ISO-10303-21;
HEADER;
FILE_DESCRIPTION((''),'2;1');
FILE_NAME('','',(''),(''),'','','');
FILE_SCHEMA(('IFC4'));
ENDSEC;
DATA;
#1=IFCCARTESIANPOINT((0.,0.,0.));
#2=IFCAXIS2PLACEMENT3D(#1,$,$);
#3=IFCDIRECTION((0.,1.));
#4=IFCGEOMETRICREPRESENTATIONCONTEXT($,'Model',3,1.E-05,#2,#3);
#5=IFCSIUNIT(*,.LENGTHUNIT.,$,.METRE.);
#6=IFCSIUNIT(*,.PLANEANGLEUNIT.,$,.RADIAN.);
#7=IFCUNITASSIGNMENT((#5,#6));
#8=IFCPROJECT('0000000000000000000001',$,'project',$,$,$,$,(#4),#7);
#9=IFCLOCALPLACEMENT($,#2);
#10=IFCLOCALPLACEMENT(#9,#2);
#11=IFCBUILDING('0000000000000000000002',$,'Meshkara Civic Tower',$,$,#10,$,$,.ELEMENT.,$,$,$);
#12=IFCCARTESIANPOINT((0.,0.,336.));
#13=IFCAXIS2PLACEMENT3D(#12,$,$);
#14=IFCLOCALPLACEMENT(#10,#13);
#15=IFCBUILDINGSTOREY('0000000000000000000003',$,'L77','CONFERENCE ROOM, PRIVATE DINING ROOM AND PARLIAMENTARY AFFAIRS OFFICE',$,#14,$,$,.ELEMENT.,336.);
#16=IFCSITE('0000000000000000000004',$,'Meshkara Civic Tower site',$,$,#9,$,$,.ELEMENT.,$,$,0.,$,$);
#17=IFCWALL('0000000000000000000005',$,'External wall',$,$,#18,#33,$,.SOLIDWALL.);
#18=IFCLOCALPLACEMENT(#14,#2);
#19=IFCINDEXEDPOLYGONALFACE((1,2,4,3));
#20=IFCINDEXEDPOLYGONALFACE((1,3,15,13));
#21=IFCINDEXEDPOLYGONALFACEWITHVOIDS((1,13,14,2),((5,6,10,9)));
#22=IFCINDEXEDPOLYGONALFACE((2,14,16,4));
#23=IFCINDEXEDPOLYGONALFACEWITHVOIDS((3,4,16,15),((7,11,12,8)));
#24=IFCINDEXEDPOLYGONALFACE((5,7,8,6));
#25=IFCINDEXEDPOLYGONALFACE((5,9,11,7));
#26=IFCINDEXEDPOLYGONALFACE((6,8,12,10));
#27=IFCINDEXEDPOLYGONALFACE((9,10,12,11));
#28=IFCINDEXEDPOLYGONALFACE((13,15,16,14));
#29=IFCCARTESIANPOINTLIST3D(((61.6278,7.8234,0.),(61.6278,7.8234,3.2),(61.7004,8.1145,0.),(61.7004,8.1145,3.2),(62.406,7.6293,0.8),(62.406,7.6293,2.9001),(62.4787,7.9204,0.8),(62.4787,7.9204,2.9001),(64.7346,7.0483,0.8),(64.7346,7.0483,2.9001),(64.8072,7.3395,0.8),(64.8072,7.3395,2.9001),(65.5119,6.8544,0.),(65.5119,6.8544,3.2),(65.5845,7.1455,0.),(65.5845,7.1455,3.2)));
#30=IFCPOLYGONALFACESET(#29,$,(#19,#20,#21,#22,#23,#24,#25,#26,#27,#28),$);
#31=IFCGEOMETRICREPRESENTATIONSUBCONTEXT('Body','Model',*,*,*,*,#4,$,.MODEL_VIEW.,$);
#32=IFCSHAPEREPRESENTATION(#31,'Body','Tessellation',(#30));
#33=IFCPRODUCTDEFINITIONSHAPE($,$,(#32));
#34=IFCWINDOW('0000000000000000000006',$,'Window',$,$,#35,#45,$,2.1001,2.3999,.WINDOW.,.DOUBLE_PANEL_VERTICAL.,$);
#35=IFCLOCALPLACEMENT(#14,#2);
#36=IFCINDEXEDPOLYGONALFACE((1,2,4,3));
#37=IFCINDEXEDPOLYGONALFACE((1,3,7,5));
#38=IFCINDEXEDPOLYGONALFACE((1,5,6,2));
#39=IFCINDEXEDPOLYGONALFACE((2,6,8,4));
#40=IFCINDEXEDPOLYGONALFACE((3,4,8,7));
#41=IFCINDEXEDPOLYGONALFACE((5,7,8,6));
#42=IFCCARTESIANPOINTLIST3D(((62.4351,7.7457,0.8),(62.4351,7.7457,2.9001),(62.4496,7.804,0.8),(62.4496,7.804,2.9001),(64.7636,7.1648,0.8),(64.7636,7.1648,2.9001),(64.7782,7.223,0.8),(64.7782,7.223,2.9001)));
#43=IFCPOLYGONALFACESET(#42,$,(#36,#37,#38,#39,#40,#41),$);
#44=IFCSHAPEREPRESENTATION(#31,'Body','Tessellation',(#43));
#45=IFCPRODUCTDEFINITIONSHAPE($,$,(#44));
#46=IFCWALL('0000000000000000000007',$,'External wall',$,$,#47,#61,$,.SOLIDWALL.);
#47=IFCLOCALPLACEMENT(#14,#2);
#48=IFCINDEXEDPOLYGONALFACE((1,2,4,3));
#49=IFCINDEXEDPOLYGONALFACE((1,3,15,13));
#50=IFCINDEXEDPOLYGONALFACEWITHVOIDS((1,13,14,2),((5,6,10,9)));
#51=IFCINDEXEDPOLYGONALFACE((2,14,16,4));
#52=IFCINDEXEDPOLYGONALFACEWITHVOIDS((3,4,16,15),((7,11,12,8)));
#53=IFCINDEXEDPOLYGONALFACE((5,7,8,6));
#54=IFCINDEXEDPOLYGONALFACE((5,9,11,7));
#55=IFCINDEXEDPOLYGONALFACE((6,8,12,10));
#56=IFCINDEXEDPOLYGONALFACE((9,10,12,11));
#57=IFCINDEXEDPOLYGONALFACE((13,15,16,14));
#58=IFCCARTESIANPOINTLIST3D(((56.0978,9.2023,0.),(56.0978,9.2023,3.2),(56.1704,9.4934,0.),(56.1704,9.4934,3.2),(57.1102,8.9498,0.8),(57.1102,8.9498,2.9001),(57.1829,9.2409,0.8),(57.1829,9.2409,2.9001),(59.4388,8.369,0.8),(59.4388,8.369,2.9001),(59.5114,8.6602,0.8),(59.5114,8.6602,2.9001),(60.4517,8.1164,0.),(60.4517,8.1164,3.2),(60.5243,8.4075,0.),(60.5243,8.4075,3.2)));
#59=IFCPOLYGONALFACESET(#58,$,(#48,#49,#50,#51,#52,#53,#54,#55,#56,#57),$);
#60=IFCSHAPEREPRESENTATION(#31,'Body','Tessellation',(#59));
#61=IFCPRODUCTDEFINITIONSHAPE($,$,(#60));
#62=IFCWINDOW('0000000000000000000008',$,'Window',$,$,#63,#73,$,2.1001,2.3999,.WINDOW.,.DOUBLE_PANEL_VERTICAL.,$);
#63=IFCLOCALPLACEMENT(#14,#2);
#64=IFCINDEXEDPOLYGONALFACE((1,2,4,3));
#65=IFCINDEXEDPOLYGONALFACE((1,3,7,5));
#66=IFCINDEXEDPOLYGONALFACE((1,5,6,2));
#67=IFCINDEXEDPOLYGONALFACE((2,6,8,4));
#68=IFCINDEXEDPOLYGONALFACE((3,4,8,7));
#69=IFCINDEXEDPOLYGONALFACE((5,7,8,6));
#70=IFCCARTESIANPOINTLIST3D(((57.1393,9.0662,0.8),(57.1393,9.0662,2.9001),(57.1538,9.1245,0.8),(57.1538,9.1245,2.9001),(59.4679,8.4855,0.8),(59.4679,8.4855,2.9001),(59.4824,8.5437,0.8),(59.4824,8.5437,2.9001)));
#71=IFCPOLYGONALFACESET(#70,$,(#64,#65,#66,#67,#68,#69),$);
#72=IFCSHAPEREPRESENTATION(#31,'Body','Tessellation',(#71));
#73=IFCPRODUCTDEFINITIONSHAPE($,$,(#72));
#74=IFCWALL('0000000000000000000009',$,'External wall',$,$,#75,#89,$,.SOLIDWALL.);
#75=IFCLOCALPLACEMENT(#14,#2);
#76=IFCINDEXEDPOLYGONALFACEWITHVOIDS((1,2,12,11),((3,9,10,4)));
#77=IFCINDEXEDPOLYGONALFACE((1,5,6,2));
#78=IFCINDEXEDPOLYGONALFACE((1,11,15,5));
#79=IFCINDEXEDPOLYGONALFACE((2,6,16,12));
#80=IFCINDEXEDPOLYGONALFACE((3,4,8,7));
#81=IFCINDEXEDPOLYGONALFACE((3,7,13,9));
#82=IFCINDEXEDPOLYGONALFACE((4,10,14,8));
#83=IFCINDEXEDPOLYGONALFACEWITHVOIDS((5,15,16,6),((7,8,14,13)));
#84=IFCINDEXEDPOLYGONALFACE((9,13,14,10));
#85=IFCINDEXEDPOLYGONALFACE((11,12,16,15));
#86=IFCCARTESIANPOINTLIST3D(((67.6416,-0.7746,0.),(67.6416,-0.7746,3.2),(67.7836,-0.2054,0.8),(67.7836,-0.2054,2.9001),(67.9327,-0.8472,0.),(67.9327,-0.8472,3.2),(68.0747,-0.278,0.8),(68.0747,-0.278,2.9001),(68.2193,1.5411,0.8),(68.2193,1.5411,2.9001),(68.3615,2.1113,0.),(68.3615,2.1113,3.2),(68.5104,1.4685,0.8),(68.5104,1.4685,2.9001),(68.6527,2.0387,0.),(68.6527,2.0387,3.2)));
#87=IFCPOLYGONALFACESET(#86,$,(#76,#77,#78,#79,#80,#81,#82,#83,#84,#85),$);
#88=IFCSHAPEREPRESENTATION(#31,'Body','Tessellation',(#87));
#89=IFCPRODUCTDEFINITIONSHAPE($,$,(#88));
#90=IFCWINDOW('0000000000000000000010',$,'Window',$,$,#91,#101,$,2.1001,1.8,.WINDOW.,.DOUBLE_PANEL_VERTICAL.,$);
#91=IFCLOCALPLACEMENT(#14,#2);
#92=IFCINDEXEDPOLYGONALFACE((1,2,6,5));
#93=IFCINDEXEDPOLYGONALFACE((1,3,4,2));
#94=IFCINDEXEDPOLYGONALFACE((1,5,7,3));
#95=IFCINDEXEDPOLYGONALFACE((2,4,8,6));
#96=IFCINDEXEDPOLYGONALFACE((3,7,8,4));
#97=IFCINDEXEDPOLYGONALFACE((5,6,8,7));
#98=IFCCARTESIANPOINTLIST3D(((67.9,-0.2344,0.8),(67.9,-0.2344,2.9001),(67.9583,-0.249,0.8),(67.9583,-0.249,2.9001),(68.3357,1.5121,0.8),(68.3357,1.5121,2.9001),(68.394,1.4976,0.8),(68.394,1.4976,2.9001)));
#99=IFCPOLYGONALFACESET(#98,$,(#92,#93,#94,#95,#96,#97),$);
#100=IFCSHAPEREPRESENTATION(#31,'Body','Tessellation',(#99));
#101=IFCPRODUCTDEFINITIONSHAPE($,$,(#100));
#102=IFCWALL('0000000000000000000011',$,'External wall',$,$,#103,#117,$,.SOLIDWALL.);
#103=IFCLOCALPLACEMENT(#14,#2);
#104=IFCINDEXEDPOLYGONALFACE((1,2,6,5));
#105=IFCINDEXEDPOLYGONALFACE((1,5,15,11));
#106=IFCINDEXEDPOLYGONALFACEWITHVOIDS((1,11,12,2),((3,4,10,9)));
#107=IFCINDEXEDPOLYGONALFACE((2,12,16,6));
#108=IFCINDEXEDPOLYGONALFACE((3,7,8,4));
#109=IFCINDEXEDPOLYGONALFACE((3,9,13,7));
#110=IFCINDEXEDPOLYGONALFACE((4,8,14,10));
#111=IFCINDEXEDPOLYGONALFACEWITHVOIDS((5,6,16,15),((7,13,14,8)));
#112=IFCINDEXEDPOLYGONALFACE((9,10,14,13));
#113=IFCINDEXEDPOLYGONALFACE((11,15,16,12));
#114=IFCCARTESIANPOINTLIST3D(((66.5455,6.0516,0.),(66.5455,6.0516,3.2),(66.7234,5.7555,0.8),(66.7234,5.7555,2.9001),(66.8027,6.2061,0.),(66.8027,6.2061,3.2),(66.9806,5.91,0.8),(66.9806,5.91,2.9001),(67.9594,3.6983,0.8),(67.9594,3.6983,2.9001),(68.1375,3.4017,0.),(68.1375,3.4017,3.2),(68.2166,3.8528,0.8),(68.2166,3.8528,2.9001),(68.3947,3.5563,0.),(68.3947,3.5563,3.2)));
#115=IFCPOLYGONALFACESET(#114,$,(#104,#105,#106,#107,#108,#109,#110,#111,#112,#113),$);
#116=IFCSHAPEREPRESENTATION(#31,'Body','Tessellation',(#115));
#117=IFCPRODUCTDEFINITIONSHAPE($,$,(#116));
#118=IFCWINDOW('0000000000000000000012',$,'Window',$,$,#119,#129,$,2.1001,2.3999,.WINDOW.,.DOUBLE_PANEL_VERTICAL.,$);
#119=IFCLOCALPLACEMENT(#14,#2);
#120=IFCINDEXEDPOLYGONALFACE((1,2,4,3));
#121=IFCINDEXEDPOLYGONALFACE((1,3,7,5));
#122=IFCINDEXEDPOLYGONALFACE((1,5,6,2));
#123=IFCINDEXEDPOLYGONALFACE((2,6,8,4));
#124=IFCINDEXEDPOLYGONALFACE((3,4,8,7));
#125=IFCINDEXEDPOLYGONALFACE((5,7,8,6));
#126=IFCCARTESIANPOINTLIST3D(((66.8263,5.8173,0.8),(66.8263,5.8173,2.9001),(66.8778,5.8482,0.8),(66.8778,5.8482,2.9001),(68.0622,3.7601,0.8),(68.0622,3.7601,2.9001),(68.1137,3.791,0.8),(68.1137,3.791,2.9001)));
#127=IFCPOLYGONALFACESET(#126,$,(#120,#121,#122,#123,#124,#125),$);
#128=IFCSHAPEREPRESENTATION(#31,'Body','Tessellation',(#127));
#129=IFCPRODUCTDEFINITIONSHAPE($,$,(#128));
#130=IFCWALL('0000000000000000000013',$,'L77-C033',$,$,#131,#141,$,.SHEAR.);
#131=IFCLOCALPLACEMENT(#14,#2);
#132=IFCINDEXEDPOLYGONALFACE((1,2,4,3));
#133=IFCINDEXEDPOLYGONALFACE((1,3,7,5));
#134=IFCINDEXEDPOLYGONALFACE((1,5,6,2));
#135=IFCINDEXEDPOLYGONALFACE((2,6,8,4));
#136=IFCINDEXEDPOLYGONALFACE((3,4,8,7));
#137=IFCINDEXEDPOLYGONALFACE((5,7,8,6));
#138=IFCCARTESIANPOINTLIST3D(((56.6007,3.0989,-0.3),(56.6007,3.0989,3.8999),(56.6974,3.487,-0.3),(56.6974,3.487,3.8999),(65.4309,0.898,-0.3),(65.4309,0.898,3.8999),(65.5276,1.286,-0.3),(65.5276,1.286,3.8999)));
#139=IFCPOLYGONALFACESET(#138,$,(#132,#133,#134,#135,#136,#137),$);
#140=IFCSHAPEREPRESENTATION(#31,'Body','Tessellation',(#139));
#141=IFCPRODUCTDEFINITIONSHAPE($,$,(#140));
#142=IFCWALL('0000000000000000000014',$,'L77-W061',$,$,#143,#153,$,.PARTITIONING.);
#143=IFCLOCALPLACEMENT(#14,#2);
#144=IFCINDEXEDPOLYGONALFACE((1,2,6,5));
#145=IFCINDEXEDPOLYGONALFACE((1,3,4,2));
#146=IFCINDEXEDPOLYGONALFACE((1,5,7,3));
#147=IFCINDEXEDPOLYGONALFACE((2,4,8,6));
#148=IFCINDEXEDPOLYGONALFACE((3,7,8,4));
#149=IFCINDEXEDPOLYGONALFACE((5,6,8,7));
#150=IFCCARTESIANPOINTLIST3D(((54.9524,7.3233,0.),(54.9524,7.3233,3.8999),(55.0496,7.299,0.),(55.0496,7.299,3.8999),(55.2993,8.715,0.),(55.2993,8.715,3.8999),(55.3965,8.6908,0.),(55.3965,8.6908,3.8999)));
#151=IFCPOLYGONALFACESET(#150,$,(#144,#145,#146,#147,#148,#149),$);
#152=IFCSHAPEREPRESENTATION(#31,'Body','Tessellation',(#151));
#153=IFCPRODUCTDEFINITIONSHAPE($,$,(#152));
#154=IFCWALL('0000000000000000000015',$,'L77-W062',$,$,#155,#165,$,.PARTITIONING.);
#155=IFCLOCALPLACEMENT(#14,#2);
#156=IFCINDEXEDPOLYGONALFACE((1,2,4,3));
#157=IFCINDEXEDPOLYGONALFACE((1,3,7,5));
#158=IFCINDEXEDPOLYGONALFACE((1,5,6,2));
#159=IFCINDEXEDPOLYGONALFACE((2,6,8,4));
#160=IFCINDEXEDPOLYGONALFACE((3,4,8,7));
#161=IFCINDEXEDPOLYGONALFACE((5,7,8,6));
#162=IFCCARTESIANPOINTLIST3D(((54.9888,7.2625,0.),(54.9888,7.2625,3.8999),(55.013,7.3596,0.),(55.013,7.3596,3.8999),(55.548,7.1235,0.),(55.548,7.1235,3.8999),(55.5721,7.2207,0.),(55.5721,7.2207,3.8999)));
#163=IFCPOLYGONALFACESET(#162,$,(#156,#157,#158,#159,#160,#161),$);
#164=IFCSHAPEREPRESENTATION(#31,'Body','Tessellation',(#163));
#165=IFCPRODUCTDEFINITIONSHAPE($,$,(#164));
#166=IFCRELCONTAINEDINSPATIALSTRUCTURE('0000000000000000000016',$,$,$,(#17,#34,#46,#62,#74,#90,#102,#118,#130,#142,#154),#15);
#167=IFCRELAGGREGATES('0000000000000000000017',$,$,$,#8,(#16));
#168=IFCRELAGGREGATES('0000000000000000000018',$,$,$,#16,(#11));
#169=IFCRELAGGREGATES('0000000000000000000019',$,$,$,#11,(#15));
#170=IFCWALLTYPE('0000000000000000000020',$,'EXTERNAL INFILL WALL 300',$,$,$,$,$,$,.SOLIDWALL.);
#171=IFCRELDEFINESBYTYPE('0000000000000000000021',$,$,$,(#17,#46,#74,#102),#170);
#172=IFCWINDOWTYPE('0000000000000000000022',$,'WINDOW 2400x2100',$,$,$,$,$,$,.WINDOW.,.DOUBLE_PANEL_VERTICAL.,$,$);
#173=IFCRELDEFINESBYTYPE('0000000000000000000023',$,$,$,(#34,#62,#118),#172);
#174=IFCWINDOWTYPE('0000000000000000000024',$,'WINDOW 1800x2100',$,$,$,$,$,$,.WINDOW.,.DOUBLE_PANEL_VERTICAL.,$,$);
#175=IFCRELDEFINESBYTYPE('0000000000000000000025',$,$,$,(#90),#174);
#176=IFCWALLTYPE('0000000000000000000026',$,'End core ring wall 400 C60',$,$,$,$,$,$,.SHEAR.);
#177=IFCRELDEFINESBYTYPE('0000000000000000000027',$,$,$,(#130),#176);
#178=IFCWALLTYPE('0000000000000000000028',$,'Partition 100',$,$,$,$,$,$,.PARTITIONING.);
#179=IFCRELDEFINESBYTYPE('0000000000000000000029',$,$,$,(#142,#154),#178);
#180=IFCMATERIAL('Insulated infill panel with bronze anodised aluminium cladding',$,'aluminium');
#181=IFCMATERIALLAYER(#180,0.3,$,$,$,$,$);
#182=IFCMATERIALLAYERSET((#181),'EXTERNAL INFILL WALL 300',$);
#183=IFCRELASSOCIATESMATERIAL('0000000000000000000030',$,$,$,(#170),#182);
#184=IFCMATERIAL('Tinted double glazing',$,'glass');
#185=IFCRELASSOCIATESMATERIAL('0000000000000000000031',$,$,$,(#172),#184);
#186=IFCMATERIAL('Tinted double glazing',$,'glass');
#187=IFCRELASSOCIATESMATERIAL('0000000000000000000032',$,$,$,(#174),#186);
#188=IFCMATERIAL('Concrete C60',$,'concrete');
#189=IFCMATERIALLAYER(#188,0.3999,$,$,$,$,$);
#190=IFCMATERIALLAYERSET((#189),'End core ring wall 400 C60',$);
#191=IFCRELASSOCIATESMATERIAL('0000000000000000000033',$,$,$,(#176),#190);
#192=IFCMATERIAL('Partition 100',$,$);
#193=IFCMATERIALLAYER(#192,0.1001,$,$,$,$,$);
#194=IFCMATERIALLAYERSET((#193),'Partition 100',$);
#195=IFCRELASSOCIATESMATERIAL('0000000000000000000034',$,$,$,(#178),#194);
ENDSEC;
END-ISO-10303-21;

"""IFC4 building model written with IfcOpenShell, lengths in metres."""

from ifc_helpers import new_model, si_unit, direction, frame, frame_2d, origin, place, context, subcontext, project, spatial, rectangle, extrude, material, layer, layer_set, type_object, element, fill, save


model = new_model("IFC4")

# Units and contexts
model_context = context("Model", 3, precision=1e-05, world=origin(), true_north=direction((0.0, 1.0)))
body_context = subcontext(model_context, "Body", "Model", "MODEL_VIEW")
ifc_project = project(units=[si_unit("LENGTHUNIT", "METRE"), si_unit("PLANEANGLEUNIT", "RADIAN")], contexts=[model_context])

# Site, building, storey
site_placement = place(None, origin())
site = spatial("IfcSite", under=ifc_project, at=site_placement, Name="Meshkara Civic Tower site", CompositionType="ELEMENT", RefElevation=0.0)
building_placement = place(site_placement, origin())
building = spatial("IfcBuilding", under=site, at=building_placement, Name="Meshkara Civic Tower", CompositionType="ELEMENT")
storey_placement = place(building_placement, frame((0.0, 0.0, 336.0)))
storey = spatial("IfcBuildingStorey", under=building, at=storey_placement, Name="L77", Description="CONFERENCE ROOM, PRIVATE DINING ROOM AND PARLIAMENTARY AFFAIRS OFFICE", CompositionType="ELEMENT", Elevation=336.0)

# Walls, openings, windows
ifc_material_1 = material(Name="Insulated infill panel with bronze anodised aluminium cladding", Category="aluminium")
ifc_layer_1 = layer(ifc_material_1, 0.3)
ifc_layer_set_1 = layer_set([ifc_layer_1], Name="EXTERNAL INFILL WALL 300")
wall_type_1 = type_object("IfcWallType", Name="EXTERNAL INFILL WALL 300", PredefinedType="SOLIDWALL", material=ifc_layer_set_1)
wall_1_placement = place(storey_placement, frame((65.5481, 7.0, 0.0), z_axis=(0.0, 0.0, 1.0), x_axis=(-0.970261, 0.242062, 0.0)))
wall_1 = element("IfcWall", 1, at=wall_1_placement, inside=storey, type_object=wall_type_1, Name="External wall", PredefinedType="SOLIDWALL", context=body_context, shape_type="SweptSolid", body=[
    extrude(rectangle(XDim=4.0032, YDim=0.3, at=frame_2d((2.0015, 0.0))), origin(), (0.0, 0.0, 1.0), 3.2),
])
opening_1_placement = place(wall_1_placement, frame((0.801, 0.0, 0.8)))
opening_1 = element("IfcOpeningElement", 2, at=opening_1_placement, cuts=wall_1, PredefinedType="OPENING", context=body_context, shape_type="SweptSolid", body=[
    extrude(rectangle(XDim=2.3999, YDim=2.1001, at=frame_2d((1.2, 1.05))), frame((0.0, 0.1599, 0.0), z_axis=(0.0, -1.0, 0.0), x_axis=(1.0, 0.0, 0.0)), (0.0, 0.0, 1.0), 0.3201),
])
ifc_material_2 = material(Name="Tinted double glazing", Category="glass")
window_type_1 = type_object("IfcWindowType", Name="WINDOW 2400x2100", PartitioningType="DOUBLE_PANEL_VERTICAL", PredefinedType="WINDOW", material=ifc_material_2)
window_1_placement = place(opening_1_placement, origin())
window_1 = element("IfcWindow", 3, at=window_1_placement, inside=storey, type_object=window_type_1, Name="Window", OverallHeight=2.1001, OverallWidth=2.3999, PartitioningType="DOUBLE_PANEL_VERTICAL", PredefinedType="WINDOW", context=body_context, shape_type="SweptSolid", body=[
    extrude(rectangle(XDim=2.3999, YDim=2.1001, at=frame_2d((1.2, 1.05))), frame((0.0, 0.03, 0.0), z_axis=(0.0, -1.0, 0.0), x_axis=(1.0, 0.0, 0.0)), (0.0, 0.0, 1.0), 0.0601),
])
fill(opening_1, window_1)
wall_2_placement = place(storey_placement, frame((60.488, 8.262, 0.0), z_axis=(0.0, 0.0, 1.0), x_axis=(-0.970277, 0.241998, 0.0)))
wall_2 = element("IfcWall", 4, at=wall_2_placement, inside=storey, type_object=wall_type_1, Name="External wall", PredefinedType="SOLIDWALL", context=body_context, shape_type="SweptSolid", body=[
    extrude(rectangle(XDim=4.4873, YDim=0.3, at=frame_2d((2.2437, 0.0))), origin(), (0.0, 0.0, 1.0), 3.2),
])
opening_2_placement = place(wall_2_placement, frame((1.0439, 0.0, 0.8)))
opening_2 = element("IfcOpeningElement", 5, at=opening_2_placement, cuts=wall_2, PredefinedType="OPENING", context=body_context, shape_type="SweptSolid", body=[
    extrude(rectangle(XDim=2.3999, YDim=2.1001, at=frame_2d((1.2, 1.05))), frame((0.0, 0.1599, 0.0), z_axis=(0.0, -1.0, 0.0), x_axis=(1.0, 0.0, 0.0)), (0.0, 0.0, 1.0), 0.3201),
])
window_2_placement = place(opening_2_placement, origin())
window_2 = element("IfcWindow", 6, at=window_2_placement, inside=storey, type_object=window_type_1, Name="Window", OverallHeight=2.1001, OverallWidth=2.3999, PartitioningType="DOUBLE_PANEL_VERTICAL", PredefinedType="WINDOW", context=body_context, shape_type="SweptSolid", body=[
    extrude(rectangle(XDim=2.3999, YDim=2.1001, at=frame_2d((1.2, 1.05))), frame((0.0, 0.03, 0.0), z_axis=(0.0, -1.0, 0.0), x_axis=(1.0, 0.0, 0.0)), (0.0, 0.0, 1.0), 0.0601),
])
fill(opening_2, window_2)
wall_3_placement = place(storey_placement, frame((67.7871, -0.811, 0.0), z_axis=(0.0, 0.0, 1.0), x_axis=(0.242053, 0.970263, 0.0)))
wall_3 = element("IfcWall", 7, at=wall_3_placement, inside=storey, type_object=wall_type_1, Name="External wall", PredefinedType="SOLIDWALL", context=body_context, shape_type="SweptSolid", body=[
    extrude(rectangle(XDim=2.9744, YDim=0.3, at=frame_2d((1.4873, 0.0))), origin(), (0.0, 0.0, 1.0), 3.2),
])
opening_3_placement = place(wall_3_placement, frame((0.5869, 0.0, 0.8)))
opening_3 = element("IfcOpeningElement", 8, at=opening_3_placement, cuts=wall_3, PredefinedType="OPENING", context=body_context, shape_type="SweptSolid", body=[
    extrude(rectangle(XDim=1.8, YDim=2.1001, at=frame_2d((0.8999, 1.05))), frame((0.0, 0.1599, 0.0), z_axis=(0.0, -1.0, 0.0), x_axis=(1.0, 0.0, 0.0)), (0.0, 0.0, 1.0), 0.3201),
])
ifc_material_3 = material(Name="Tinted double glazing", Category="glass")
window_type_2 = type_object("IfcWindowType", Name="WINDOW 1800x2100", PartitioningType="DOUBLE_PANEL_VERTICAL", PredefinedType="WINDOW", material=ifc_material_3)
window_3_placement = place(opening_3_placement, origin())
window_3 = element("IfcWindow", 9, at=window_3_placement, inside=storey, type_object=window_type_2, Name="Window", OverallHeight=2.1001, OverallWidth=1.8, PartitioningType="DOUBLE_PANEL_VERTICAL", PredefinedType="WINDOW", context=body_context, shape_type="SweptSolid", body=[
    extrude(rectangle(XDim=1.8, YDim=2.1001, at=frame_2d((0.8999, 1.05))), frame((0.0, 0.03, 0.0), z_axis=(0.0, -1.0, 0.0), x_axis=(1.0, 0.0, 0.0)), (0.0, 0.0, 1.0), 0.0601),
])
fill(opening_3, window_3)
wall_4_placement = place(storey_placement, frame((68.2661, 3.479, 0.0), z_axis=(0.0, 0.0, 1.0), x_axis=(-0.514995, 0.857193, 0.0)))
wall_4 = element("IfcWall", 10, at=wall_4_placement, inside=storey, type_object=wall_type_1, Name="External wall", PredefinedType="SOLIDWALL", context=body_context, shape_type="SweptSolid", body=[
    extrude(rectangle(XDim=3.0913, YDim=0.3, at=frame_2d((1.5457, 0.0))), origin(), (0.0, 0.0, 1.0), 3.2),
])
opening_4_placement = place(wall_4_placement, frame((0.3459, 0.0, 0.8)))
opening_4 = element("IfcOpeningElement", 11, at=opening_4_placement, cuts=wall_4, PredefinedType="OPENING", context=body_context, shape_type="SweptSolid", body=[
    extrude(rectangle(XDim=2.3999, YDim=2.1001, at=frame_2d((1.2, 1.05))), frame((0.0, 0.1599, 0.0), z_axis=(0.0, -1.0, 0.0), x_axis=(1.0, 0.0, 0.0)), (0.0, 0.0, 1.0), 0.3201),
])
window_4_placement = place(opening_4_placement, origin())
window_4 = element("IfcWindow", 12, at=window_4_placement, inside=storey, type_object=window_type_1, Name="Window", OverallHeight=2.1001, OverallWidth=2.3999, PartitioningType="DOUBLE_PANEL_VERTICAL", PredefinedType="WINDOW", context=body_context, shape_type="SweptSolid", body=[
    extrude(rectangle(XDim=2.3999, YDim=2.1001, at=frame_2d((1.2, 1.05))), frame((0.0, 0.03, 0.0), z_axis=(0.0, -1.0, 0.0), x_axis=(1.0, 0.0, 0.0)), (0.0, 0.0, 1.0), 0.0601),
])
fill(opening_4, window_4)

# Walls
ifc_material_4 = material(Name="Concrete C60", Category="concrete")
ifc_layer_2 = layer(ifc_material_4, 0.3999)
ifc_layer_set_2 = layer_set([ifc_layer_2], Name="End core ring wall 400 C60")
wall_type_2 = type_object("IfcWallType", Name="End core ring wall 400 C60", PredefinedType="SHEAR", material=ifc_layer_set_2)
wall_5_placement = place(storey_placement, frame((56.6489, 3.293, -0.3), z_axis=(0.0, 0.0, 1.0), x_axis=(0.970313, -0.241854, 0.0)))
element("IfcWall", 13, at=wall_5_placement, inside=storey, type_object=wall_type_2, Name="L77-C033", PredefinedType="SHEAR", context=body_context, shape_type="SweptSolid", body=[
    extrude(rectangle(XDim=9.1003, YDim=0.3999, at=frame_2d((4.5503, 0.0))), origin(), (0.0, 0.0, 1.0), 4.2),
])
ifc_material_5 = material(Name="Partition 100")
ifc_layer_3 = layer(ifc_material_5, 0.1001)
ifc_layer_set_3 = layer_set([ifc_layer_3], Name="Partition 100")
wall_type_3 = type_object("IfcWallType", Name="Partition 100", PredefinedType="PARTITIONING", material=ifc_layer_set_3)
wall_6_placement = place(storey_placement, frame((55.001, 7.311, 0.0), z_axis=(0.0, 0.0, 1.0), x_axis=(0.241855, 0.970312, 0.0)))
element("IfcWall", 14, at=wall_6_placement, inside=storey, type_object=wall_type_3, Name="L77-W061", PredefinedType="PARTITIONING", context=body_context, shape_type="SweptSolid", body=[
    extrude(rectangle(XDim=1.4343, YDim=0.1001, at=frame_2d((0.7173, 0.0))), origin(), (0.0, 0.0, 1.0), 3.8999),
])
wall_7_placement = place(storey_placement, frame((55.5601, 7.1721, 0.0), z_axis=(0.0, 0.0, 1.0), x_axis=(-0.970491, 0.241139, 0.0)))
element("IfcWall", 15, at=wall_7_placement, inside=storey, type_object=wall_type_3, Name="L77-W062", PredefinedType="PARTITIONING", context=body_context, shape_type="SweptSolid", body=[
    extrude(rectangle(XDim=0.5762, YDim=0.1001, at=frame_2d((0.2881, 0.0))), origin(), (0.0, 0.0, 1.0), 3.8999),
])

save(model, "model.ifc")
